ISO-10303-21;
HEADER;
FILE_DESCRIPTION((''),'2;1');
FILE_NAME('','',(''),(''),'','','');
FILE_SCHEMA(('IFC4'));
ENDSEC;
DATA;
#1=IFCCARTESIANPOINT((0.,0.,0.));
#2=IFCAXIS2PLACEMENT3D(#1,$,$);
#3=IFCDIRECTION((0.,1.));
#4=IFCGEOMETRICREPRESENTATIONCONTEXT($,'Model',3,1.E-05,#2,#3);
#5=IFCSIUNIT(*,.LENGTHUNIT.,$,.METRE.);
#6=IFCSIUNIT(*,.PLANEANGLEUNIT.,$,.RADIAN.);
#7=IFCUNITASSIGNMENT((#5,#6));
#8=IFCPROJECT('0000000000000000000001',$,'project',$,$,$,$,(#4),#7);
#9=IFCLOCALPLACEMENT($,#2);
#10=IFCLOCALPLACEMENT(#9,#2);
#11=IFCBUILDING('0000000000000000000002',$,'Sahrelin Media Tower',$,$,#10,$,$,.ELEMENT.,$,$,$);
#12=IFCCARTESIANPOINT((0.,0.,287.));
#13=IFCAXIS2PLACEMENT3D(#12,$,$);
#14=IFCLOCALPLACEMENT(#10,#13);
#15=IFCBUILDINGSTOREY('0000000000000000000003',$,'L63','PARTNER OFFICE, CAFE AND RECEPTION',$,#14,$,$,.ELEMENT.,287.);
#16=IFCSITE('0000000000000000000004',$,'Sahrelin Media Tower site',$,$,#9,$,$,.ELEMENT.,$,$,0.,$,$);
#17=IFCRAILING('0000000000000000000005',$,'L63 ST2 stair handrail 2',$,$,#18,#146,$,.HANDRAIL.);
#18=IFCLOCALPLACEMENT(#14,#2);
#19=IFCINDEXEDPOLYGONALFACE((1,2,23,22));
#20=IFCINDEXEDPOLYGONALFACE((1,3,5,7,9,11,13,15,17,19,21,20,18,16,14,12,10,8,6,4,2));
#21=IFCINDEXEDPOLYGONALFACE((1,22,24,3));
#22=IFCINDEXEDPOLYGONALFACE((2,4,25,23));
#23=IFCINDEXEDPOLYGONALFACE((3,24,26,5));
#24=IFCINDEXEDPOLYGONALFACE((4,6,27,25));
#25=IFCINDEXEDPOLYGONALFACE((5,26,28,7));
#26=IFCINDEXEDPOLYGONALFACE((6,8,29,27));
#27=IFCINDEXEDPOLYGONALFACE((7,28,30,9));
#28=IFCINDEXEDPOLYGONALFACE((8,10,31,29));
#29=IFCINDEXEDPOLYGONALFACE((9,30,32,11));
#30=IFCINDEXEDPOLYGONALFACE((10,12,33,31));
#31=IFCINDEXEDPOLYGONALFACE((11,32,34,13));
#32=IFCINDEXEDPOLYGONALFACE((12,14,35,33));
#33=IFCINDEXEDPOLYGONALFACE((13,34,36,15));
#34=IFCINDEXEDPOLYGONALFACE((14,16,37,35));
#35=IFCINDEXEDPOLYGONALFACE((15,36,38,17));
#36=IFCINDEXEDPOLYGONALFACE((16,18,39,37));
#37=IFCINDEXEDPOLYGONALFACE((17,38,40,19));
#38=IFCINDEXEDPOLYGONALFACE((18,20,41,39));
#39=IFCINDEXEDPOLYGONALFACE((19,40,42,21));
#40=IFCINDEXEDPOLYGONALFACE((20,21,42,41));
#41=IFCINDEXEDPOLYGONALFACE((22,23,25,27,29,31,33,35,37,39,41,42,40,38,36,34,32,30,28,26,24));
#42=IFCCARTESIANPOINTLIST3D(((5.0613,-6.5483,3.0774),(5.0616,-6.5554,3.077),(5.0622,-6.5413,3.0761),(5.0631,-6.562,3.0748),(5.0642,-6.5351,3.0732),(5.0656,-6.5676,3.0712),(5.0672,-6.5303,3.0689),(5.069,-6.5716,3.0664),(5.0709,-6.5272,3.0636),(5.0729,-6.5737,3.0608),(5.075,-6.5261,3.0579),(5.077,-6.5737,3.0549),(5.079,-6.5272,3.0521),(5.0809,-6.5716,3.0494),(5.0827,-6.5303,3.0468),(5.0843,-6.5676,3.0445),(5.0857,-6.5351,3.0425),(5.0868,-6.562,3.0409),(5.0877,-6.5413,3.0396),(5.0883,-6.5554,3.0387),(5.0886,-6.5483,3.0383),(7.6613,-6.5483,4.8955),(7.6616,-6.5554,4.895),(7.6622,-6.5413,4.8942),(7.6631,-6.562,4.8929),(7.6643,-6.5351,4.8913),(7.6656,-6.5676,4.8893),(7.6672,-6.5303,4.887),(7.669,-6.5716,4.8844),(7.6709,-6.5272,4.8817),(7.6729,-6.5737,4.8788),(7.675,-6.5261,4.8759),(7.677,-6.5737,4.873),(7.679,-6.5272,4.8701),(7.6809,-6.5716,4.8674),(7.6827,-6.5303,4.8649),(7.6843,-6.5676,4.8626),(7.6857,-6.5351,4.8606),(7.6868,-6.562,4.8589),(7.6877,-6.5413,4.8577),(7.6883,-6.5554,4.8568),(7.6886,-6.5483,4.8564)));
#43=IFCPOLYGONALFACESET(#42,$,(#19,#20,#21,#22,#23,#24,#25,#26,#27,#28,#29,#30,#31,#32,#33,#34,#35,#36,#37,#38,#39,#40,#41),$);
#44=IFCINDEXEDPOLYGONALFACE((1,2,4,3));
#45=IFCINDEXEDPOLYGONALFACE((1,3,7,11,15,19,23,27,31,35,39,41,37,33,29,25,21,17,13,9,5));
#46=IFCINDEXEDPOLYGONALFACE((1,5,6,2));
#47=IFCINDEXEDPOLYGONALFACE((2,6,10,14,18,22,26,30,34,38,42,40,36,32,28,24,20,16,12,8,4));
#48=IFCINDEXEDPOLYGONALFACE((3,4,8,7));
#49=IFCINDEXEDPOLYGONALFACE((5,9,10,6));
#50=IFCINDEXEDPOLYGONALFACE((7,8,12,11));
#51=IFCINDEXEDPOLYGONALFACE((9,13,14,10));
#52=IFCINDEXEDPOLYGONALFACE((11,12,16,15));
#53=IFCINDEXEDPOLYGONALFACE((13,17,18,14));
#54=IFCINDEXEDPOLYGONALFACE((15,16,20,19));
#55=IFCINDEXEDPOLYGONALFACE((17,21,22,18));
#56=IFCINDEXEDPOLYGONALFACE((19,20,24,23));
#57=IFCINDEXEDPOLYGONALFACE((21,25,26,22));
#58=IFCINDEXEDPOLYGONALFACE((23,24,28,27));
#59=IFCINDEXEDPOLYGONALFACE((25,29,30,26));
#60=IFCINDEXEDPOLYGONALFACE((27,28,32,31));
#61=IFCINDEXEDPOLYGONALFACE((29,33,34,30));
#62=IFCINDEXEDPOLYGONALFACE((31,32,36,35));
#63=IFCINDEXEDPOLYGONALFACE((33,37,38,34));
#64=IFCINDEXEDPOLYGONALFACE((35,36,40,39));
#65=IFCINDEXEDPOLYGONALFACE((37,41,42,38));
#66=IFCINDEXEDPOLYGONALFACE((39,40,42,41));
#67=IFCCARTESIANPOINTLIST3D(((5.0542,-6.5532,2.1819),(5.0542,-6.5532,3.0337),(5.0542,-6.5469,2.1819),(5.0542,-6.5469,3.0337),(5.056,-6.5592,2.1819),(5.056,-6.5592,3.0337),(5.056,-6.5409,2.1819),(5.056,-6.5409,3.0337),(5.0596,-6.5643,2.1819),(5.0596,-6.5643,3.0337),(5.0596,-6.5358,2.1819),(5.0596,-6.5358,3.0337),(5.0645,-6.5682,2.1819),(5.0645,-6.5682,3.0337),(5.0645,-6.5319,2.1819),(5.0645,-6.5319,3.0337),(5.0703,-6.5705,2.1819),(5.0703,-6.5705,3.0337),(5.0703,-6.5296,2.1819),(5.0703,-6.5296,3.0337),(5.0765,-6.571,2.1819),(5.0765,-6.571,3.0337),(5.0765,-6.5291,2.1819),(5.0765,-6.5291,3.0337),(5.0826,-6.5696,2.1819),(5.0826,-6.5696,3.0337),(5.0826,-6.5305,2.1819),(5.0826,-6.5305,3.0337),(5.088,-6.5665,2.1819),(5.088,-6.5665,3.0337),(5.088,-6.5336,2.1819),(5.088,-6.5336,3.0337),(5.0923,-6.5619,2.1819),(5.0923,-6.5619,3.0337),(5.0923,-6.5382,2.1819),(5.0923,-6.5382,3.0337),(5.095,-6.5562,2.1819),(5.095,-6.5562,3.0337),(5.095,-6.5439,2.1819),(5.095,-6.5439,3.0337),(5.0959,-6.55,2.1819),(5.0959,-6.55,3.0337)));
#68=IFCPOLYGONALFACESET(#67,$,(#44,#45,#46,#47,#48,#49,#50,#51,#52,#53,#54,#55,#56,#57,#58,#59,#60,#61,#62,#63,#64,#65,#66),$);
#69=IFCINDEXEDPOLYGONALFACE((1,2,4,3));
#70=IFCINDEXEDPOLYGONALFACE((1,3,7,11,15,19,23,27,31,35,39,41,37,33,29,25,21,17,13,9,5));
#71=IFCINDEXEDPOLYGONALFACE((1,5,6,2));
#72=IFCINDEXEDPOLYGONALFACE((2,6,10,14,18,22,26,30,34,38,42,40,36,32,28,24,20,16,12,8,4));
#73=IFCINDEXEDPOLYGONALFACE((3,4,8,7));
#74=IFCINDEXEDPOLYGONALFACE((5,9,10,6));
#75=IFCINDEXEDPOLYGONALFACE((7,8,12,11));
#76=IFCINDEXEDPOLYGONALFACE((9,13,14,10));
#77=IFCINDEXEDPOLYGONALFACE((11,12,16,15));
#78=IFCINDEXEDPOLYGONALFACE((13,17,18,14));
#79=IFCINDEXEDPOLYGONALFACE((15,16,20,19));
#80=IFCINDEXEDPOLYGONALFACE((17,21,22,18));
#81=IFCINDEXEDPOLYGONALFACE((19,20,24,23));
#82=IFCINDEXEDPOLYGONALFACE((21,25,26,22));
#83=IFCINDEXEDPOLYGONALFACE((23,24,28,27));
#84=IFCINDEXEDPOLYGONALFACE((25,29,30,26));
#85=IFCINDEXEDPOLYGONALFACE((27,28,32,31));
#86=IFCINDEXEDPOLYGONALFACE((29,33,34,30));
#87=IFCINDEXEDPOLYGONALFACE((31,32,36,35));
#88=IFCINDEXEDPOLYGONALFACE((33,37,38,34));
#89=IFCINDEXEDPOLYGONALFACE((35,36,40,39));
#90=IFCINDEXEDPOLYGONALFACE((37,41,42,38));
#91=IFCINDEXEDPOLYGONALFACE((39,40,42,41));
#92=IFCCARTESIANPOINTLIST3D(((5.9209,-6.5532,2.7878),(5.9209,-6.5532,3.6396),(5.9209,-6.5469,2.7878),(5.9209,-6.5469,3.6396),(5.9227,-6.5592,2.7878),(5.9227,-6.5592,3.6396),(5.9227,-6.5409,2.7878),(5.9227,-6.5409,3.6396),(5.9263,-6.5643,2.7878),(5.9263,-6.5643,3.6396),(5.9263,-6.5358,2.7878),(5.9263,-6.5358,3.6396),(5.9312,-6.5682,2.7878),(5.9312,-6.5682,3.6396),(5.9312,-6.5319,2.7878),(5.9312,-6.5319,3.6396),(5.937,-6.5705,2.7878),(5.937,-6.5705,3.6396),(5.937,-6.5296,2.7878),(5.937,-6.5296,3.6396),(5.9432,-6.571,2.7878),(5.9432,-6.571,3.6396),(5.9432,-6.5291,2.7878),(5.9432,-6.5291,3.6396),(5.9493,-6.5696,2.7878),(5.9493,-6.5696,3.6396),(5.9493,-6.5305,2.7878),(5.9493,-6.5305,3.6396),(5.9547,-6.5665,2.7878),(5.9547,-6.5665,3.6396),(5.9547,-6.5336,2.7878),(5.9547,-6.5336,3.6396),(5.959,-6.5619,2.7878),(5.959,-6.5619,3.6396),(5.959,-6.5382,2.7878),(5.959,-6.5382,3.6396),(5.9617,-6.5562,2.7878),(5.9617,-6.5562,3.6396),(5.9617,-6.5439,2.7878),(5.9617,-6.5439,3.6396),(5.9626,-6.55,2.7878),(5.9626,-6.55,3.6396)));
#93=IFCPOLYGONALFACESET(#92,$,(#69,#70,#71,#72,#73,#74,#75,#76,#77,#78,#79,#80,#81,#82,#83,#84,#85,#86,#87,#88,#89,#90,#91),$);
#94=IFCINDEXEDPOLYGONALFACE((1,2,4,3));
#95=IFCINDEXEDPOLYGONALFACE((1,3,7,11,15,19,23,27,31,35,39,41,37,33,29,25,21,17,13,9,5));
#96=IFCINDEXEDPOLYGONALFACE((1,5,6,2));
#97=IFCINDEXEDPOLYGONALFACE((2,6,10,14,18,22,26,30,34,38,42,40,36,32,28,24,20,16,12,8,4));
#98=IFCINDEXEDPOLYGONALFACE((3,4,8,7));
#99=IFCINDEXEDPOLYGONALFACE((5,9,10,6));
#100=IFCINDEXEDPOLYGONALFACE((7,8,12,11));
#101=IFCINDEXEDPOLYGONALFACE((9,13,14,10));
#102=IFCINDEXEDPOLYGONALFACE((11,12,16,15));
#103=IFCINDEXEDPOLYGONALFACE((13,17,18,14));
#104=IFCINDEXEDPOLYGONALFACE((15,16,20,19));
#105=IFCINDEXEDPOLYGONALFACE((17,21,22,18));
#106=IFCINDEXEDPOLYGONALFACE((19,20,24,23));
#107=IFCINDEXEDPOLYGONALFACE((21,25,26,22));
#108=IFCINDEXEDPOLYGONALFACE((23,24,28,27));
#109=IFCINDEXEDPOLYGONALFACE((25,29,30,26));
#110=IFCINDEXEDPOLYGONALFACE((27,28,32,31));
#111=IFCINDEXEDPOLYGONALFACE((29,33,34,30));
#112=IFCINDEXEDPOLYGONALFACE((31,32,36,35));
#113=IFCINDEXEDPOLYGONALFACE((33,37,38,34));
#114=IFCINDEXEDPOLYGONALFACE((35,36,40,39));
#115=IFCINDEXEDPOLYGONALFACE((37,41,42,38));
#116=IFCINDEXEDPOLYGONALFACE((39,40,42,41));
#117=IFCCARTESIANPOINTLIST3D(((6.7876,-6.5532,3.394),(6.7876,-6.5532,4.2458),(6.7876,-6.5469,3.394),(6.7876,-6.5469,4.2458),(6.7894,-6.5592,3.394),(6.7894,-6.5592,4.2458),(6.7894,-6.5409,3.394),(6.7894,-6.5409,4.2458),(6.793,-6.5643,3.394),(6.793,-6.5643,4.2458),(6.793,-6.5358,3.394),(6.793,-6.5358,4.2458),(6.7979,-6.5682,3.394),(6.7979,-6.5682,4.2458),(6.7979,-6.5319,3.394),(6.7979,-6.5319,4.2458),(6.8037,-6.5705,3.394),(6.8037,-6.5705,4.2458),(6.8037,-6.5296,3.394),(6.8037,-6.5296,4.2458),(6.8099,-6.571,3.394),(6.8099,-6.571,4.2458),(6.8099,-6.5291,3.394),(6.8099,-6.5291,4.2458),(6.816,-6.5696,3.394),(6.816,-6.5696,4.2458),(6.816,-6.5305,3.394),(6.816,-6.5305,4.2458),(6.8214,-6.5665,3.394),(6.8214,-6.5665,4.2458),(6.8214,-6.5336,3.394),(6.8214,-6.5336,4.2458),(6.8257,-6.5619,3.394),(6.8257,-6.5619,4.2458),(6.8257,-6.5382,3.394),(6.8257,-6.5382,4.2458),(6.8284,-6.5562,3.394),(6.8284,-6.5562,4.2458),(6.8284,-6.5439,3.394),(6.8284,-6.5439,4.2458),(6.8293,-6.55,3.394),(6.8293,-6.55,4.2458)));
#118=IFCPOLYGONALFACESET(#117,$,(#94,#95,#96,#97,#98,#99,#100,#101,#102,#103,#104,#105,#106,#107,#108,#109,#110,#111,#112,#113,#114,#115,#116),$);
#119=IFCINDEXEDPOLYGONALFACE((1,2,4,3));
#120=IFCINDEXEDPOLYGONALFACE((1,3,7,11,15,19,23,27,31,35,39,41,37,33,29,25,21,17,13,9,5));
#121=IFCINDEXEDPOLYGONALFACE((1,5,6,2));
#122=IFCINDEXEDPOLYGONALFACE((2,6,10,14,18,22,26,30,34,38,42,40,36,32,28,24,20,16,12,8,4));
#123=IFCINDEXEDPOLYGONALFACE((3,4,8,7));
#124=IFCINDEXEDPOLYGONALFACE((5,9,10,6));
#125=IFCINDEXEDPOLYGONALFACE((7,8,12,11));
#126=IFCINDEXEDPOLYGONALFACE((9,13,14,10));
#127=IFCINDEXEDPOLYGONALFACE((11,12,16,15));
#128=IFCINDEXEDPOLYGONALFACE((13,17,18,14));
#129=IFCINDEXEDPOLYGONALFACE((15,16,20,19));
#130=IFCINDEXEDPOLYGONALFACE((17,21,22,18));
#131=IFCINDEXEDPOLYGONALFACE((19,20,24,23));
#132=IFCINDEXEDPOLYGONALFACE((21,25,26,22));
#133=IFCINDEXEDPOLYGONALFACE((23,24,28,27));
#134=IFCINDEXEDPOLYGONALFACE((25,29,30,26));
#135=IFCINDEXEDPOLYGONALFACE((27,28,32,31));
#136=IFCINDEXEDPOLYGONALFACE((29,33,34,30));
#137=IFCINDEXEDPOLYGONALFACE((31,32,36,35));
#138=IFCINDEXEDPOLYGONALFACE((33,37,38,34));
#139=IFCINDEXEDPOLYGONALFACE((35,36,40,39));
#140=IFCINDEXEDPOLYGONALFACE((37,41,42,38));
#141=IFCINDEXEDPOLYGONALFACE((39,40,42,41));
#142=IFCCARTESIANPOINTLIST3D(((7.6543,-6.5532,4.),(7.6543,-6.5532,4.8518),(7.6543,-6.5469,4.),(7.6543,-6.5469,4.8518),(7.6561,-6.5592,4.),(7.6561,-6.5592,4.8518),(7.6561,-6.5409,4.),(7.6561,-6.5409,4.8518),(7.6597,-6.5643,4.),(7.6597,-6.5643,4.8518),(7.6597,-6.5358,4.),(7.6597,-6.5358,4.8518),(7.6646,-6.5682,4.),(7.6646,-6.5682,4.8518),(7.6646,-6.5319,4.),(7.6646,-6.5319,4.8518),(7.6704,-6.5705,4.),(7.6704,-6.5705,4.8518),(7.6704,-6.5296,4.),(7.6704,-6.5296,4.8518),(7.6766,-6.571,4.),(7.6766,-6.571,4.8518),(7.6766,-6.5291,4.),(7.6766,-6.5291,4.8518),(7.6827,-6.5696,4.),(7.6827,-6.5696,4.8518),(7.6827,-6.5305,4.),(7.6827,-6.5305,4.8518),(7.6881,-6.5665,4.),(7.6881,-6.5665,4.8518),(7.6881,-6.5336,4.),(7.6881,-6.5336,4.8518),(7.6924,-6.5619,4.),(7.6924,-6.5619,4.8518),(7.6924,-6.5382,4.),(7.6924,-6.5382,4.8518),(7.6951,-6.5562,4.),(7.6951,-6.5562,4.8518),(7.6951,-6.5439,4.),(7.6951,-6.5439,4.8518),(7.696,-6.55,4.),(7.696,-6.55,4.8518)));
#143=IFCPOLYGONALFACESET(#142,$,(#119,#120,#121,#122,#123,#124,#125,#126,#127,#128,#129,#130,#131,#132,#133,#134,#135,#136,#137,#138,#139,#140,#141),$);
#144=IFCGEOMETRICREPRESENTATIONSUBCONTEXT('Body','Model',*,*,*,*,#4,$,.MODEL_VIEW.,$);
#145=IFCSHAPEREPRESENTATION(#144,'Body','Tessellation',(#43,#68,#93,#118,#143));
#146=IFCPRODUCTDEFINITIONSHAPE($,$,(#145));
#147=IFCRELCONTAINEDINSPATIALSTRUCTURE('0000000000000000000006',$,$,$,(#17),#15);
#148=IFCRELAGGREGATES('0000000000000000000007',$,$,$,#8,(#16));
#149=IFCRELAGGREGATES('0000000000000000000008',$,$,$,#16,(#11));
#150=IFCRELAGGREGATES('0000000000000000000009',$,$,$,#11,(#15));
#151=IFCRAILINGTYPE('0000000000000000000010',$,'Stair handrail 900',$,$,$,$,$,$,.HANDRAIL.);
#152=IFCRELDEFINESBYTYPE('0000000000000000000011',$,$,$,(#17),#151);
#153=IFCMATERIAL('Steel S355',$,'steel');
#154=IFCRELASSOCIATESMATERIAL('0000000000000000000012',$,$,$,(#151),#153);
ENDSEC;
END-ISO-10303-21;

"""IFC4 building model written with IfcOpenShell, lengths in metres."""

from ifc_helpers import new_model, si_unit, direction, frame, origin, origin_2d, place, context, subcontext, project, spatial, circle, extrude, material, type_object, element, save


model = new_model("IFC4")

# Units and contexts
model_context = context("Model", 3, precision=1e-05, world=origin(), true_north=direction((0.0, 1.0)))
body_context = subcontext(model_context, "Body", "Model", "MODEL_VIEW")
ifc_project = project(units=[si_unit("LENGTHUNIT", "METRE"), si_unit("PLANEANGLEUNIT", "RADIAN")], contexts=[model_context])

# Site, building, storey
site_placement = place(None, origin())
site = spatial("IfcSite", under=ifc_project, at=site_placement, Name="Sahrelin Media Tower site", CompositionType="ELEMENT", RefElevation=0.0)
building_placement = place(site_placement, origin())
building = spatial("IfcBuilding", under=site, at=building_placement, Name="Sahrelin Media Tower", CompositionType="ELEMENT")
storey_placement = place(building_placement, frame((0.0, 0.0, 287.0)))
storey = spatial("IfcBuildingStorey", under=building, at=storey_placement, Name="L63", Description="PARTNER OFFICE, CAFE AND RECEPTION", CompositionType="ELEMENT", Elevation=287.0)

# Railing
ifc_material_1 = material(Name="Steel S355", Category="steel")
railing_type_1 = type_object("IfcRailingType", Name="Stair handrail 900", PredefinedType="HANDRAIL", material=ifc_material_1)
railing_1_placement = place(storey_placement, frame((5.075, -6.55, 2.1819)))
element("IfcRailing", 1, at=railing_1_placement, inside=storey, type_object=railing_type_1, Name="L63 ST2 stair handrail 2", PredefinedType="HANDRAIL", context=body_context, shape_type="SweptSolid", body=[
    extrude(circle(Radius=0.0239, at=origin_2d()), frame((0.0, 0.0, 0.876), z_axis=(0.819521, 0.0, 0.573049), x_axis=(0.0, 1.0, 0.0)), (0.0, 0.0, 1.0), 3.1726),
    extrude(circle(Radius=0.021, at=origin_2d()), origin(), (0.0, 0.0, 1.0), 0.8518),
    extrude(circle(Radius=0.021, at=origin_2d()), frame((0.8667, 0.0, 0.606)), (0.0, 0.0, 1.0), 0.8518),
    extrude(circle(Radius=0.021, at=origin_2d()), frame((1.7334, 0.0, 1.2122)), (0.0, 0.0, 1.0), 0.8518),
    extrude(circle(Radius=0.021, at=origin_2d()), frame((2.6001, 0.0, 1.8181)), (0.0, 0.0, 1.0), 0.8518),
])

save(model, "model.ifc")
